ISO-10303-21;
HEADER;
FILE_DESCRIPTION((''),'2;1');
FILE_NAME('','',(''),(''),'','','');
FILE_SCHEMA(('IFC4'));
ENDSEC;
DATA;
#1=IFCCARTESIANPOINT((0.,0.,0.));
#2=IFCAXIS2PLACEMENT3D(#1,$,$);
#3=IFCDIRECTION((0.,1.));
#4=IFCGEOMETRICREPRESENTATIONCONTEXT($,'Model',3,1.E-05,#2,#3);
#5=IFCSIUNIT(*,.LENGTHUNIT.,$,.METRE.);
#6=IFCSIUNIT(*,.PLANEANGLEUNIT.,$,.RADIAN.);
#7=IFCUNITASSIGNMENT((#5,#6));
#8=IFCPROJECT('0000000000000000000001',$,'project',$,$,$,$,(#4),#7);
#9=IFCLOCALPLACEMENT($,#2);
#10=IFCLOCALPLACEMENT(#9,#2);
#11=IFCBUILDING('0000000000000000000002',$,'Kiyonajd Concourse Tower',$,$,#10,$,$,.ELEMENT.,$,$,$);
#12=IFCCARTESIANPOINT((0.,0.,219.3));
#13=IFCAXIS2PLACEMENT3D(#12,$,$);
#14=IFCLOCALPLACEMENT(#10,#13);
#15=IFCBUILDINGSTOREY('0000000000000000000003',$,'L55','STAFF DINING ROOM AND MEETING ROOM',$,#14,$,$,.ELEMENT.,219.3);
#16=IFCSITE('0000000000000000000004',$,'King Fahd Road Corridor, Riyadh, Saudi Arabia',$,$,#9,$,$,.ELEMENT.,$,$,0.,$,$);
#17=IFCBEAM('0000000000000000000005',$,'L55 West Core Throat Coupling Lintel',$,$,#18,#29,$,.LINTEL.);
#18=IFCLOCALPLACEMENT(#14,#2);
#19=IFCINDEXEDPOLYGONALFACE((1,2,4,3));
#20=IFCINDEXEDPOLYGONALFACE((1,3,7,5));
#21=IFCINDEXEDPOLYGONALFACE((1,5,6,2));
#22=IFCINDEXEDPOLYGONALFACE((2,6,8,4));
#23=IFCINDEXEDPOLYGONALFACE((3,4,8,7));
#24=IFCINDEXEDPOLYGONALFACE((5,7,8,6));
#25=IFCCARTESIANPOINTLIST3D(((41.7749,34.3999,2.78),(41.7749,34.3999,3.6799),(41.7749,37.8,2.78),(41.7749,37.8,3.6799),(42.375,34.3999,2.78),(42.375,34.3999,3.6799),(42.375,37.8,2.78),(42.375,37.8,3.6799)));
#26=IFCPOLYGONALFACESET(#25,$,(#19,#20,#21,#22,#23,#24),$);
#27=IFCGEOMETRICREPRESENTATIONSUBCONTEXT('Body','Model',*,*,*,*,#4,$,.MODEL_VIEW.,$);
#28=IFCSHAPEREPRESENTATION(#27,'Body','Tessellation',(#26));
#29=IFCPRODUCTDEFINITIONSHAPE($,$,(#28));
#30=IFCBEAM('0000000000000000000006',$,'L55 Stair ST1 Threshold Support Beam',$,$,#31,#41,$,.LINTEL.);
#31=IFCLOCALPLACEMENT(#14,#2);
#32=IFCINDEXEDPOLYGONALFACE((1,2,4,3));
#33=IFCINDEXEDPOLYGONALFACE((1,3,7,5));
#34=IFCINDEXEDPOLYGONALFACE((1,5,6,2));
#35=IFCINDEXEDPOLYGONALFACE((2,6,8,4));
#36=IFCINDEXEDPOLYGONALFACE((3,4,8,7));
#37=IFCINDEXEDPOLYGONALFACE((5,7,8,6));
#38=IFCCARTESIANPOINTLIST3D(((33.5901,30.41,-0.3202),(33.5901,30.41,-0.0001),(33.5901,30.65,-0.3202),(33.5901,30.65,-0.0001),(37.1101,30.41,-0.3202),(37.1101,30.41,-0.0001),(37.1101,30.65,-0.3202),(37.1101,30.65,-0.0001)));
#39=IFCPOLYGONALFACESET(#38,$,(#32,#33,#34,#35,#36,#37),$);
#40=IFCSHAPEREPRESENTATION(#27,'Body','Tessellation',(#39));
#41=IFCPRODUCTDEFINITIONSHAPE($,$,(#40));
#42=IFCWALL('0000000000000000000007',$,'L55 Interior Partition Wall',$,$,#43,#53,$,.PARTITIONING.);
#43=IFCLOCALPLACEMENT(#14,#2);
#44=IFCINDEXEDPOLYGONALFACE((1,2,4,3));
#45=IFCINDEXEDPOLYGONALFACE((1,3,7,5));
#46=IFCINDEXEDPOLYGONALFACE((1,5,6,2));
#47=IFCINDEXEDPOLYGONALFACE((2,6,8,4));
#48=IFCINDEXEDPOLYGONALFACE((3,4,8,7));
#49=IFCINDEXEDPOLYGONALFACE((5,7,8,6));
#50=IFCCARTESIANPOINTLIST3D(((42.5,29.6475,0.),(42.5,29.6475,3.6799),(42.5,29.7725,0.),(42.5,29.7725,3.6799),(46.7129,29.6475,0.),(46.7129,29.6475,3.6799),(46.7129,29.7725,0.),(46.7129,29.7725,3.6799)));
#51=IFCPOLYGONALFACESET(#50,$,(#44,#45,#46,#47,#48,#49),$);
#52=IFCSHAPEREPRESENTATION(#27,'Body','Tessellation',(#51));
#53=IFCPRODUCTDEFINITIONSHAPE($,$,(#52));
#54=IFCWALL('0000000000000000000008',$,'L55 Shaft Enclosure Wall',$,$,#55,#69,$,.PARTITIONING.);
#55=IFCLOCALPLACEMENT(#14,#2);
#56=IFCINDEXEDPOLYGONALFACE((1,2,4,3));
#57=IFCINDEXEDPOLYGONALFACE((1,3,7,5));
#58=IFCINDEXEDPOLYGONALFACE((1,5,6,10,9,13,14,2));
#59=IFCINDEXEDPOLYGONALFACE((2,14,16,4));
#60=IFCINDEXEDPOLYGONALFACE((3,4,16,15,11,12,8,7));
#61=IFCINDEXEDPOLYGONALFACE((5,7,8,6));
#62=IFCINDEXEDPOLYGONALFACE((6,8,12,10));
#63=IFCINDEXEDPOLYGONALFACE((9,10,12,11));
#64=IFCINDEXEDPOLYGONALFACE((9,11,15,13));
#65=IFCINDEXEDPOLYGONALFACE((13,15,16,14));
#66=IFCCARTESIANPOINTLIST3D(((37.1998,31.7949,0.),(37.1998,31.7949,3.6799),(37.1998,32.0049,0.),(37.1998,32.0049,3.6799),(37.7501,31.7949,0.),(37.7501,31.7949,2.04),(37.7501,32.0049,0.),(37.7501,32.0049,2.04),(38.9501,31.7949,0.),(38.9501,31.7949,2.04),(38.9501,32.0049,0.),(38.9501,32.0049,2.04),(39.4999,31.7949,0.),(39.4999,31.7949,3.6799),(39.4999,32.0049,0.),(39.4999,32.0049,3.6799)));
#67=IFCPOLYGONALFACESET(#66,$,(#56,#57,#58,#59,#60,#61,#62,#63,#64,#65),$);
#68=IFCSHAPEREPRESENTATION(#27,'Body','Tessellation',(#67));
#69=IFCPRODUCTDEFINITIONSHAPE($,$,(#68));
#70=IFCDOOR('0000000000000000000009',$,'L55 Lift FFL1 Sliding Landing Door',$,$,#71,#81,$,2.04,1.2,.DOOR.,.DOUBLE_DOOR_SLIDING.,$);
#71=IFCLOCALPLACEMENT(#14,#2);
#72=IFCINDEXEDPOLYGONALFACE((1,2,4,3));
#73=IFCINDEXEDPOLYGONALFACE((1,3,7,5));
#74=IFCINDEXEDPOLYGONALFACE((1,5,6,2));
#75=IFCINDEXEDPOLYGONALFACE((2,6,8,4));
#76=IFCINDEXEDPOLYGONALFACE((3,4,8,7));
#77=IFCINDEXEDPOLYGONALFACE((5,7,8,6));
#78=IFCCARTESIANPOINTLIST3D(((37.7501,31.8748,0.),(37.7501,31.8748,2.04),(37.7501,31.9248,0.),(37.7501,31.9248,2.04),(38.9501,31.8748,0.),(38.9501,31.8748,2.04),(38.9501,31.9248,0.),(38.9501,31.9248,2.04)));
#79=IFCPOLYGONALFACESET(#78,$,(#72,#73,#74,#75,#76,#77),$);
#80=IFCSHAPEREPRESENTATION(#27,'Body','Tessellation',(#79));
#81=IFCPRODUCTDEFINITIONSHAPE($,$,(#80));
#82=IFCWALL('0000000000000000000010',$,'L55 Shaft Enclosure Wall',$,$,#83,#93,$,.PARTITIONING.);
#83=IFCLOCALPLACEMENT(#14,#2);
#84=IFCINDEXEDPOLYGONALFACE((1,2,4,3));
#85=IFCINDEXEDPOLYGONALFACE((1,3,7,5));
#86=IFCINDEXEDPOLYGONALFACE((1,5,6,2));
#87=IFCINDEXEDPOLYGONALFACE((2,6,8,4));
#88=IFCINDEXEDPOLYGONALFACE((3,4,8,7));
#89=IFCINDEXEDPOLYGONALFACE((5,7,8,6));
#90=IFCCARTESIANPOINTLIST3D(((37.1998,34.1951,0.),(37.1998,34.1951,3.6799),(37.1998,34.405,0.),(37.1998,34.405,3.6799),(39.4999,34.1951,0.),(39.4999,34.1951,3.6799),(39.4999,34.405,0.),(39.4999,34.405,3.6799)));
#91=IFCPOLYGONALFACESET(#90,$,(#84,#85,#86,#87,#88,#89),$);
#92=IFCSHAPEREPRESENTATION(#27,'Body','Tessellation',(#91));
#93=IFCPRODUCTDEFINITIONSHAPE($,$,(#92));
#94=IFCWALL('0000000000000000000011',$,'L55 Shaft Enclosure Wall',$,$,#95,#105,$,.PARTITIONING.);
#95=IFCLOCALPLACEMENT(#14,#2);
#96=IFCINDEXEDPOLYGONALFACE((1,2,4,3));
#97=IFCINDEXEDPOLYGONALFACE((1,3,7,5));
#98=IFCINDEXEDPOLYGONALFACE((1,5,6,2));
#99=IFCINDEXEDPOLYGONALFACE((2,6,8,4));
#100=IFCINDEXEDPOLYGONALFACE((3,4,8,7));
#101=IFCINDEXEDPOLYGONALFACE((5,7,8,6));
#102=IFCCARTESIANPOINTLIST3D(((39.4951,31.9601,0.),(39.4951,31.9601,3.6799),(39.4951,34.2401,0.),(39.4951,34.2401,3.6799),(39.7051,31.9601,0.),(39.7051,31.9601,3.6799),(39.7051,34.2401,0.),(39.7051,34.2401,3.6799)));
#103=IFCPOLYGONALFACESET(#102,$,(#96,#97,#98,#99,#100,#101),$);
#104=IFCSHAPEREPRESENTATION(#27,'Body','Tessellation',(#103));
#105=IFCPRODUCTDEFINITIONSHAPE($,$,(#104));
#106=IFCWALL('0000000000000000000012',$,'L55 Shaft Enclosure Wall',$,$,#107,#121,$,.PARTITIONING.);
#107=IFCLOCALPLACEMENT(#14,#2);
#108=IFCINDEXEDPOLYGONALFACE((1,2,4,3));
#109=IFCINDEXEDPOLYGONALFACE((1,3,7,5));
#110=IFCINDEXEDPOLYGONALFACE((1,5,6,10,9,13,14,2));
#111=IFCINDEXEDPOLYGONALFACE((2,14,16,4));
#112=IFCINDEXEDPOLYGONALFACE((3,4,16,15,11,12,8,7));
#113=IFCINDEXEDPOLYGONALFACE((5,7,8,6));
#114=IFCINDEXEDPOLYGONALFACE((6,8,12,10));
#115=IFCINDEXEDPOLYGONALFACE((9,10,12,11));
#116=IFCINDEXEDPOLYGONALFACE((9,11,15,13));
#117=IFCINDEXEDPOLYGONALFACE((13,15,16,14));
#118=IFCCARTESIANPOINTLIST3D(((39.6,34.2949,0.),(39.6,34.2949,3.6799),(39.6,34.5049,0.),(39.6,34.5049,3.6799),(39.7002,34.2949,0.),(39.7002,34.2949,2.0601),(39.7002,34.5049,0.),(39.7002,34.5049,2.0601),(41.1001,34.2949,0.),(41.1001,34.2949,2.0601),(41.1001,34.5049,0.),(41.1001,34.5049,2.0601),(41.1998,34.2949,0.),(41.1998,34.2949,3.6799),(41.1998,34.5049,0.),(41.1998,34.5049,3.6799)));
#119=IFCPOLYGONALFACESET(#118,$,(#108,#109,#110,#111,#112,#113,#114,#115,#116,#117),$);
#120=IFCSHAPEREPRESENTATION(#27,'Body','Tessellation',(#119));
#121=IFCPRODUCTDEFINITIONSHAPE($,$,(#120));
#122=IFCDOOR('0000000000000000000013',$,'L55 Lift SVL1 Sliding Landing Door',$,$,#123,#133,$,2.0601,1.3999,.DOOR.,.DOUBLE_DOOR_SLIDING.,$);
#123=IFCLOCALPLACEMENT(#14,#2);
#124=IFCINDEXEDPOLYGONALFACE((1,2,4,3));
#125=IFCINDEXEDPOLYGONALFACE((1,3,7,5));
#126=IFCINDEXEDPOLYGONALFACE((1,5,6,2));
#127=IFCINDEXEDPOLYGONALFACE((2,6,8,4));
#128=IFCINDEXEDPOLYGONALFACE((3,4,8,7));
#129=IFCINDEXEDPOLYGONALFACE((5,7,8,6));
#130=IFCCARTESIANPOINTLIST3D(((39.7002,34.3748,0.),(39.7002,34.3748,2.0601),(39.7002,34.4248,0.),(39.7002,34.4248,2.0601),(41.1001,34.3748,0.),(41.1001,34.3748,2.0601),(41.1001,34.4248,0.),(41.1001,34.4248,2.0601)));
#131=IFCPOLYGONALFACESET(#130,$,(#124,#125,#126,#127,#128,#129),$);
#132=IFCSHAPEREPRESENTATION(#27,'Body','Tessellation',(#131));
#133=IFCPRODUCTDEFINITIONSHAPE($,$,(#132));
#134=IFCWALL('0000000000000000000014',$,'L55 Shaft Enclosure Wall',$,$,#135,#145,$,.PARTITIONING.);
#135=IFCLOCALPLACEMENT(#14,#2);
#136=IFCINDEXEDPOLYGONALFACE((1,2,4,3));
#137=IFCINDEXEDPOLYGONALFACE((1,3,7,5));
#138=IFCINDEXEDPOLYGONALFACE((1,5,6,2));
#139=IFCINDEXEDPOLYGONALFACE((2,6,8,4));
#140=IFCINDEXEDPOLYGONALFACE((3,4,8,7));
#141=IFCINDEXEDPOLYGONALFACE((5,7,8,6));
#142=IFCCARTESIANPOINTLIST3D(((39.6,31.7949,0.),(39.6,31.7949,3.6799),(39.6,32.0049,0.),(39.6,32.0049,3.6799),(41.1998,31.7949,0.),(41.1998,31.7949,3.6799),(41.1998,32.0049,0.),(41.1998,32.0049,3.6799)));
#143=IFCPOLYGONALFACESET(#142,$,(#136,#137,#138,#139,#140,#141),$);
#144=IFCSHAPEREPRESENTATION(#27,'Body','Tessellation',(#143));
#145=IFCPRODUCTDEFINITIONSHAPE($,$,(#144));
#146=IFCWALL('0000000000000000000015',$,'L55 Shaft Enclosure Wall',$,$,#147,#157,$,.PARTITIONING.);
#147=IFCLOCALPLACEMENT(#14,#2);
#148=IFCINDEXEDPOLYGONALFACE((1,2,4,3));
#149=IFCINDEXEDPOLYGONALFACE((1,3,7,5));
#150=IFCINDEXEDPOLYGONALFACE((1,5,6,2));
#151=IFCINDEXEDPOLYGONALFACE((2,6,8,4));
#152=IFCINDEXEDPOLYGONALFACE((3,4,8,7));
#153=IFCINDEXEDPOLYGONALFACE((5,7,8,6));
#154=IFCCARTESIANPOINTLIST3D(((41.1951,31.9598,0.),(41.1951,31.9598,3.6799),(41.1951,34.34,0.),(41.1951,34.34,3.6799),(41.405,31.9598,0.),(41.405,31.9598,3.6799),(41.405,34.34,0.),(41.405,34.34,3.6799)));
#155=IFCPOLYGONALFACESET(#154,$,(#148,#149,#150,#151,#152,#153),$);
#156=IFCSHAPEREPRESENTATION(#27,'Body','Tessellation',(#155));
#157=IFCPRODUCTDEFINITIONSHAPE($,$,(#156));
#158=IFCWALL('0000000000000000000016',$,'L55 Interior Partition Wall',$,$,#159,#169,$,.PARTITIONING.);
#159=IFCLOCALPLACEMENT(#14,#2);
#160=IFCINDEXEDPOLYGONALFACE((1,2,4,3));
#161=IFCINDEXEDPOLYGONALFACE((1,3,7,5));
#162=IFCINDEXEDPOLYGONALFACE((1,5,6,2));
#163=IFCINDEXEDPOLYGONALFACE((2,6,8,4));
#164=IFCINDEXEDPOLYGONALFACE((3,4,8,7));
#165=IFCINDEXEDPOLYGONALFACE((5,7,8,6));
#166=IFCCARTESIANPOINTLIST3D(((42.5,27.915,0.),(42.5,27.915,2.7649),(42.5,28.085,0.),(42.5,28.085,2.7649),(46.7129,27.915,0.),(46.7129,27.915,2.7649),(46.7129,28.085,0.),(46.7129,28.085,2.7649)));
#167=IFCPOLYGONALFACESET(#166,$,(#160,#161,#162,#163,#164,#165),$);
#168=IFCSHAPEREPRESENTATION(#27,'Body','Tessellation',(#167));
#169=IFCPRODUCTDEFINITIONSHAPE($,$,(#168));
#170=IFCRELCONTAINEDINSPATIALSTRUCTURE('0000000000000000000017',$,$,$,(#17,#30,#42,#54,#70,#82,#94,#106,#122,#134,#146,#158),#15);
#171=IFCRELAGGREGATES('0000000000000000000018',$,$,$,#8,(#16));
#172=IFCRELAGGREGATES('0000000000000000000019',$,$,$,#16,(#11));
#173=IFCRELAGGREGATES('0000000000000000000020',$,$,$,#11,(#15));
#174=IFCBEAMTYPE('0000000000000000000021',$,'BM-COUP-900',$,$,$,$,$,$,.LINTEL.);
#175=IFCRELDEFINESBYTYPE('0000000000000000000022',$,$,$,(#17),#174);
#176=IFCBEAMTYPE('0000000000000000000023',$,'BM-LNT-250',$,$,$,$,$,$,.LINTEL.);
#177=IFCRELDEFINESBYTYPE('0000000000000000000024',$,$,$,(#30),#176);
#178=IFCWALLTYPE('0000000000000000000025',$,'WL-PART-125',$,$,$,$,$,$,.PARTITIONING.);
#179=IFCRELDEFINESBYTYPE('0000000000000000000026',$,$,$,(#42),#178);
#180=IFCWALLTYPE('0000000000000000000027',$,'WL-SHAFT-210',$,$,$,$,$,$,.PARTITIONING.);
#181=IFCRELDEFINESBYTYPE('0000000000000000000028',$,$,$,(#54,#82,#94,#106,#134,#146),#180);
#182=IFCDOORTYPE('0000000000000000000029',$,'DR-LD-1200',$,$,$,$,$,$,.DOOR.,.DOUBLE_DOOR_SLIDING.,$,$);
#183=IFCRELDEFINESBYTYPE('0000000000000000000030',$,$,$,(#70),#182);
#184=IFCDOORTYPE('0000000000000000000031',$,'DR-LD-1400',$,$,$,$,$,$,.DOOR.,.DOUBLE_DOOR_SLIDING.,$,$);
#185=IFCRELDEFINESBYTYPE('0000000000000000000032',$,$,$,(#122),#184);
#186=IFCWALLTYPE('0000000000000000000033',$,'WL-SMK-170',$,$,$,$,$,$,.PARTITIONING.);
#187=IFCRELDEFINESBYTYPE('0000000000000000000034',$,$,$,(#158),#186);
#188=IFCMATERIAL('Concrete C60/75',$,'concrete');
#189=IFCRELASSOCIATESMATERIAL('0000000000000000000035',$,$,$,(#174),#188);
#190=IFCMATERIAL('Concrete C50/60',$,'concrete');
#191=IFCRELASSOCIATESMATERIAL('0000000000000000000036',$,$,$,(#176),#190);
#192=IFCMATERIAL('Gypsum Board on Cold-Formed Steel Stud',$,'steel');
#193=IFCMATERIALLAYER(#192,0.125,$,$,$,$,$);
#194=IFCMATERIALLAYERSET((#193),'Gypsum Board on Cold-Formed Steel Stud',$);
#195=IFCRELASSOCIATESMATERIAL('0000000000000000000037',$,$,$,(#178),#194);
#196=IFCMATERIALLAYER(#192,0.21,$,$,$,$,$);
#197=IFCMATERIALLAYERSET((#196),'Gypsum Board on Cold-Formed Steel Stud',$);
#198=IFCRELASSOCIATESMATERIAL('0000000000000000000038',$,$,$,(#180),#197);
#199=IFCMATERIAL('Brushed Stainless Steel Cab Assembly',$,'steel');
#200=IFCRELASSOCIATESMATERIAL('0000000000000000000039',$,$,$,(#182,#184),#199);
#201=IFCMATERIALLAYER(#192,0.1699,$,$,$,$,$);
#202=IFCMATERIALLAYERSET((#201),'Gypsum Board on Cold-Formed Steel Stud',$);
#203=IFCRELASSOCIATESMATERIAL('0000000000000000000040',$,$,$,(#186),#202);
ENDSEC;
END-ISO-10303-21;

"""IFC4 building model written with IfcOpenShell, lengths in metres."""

from ifc_helpers import new_model, si_unit, direction, frame, frame_2d, origin, origin_2d, place, context, subcontext, project, spatial, rectangle, extrude, material, layer, layer_set, material_profile, profile_set, type_object, element, fill, save


model = new_model("IFC4")

# Units and contexts
model_context = context("Model", 3, precision=1e-05, world=origin(), true_north=direction((0.0, 1.0)))
body_context = subcontext(model_context, "Body", "Model", "MODEL_VIEW")
ifc_project = project(units=[si_unit("LENGTHUNIT", "METRE"), si_unit("PLANEANGLEUNIT", "RADIAN")], contexts=[model_context])

# Site, building, storey
site_placement = place(None, origin())
site = spatial("IfcSite", under=ifc_project, at=site_placement, Name="King Fahd Road Corridor, Riyadh, Saudi Arabia", CompositionType="ELEMENT", RefElevation=0.0)
building_placement = place(site_placement, origin())
building = spatial("IfcBuilding", under=site, at=building_placement, Name="Kiyonajd Concourse Tower", CompositionType="ELEMENT")
storey_placement = place(building_placement, frame((0.0, 0.0, 219.3)))
storey = spatial("IfcBuildingStorey", under=building, at=storey_placement, Name="L55", Description="STAFF DINING ROOM AND MEETING ROOM", CompositionType="ELEMENT", Elevation=219.3)

# Beams
ifc_material_1 = material(Name="Concrete C60/75", Category="concrete")
ifc_material_profile_1 = material_profile(ifc_material_1, rectangle(XDim=0.6001, YDim=0.8999, at=origin_2d()), Name="RCBM-600x900")
ifc_profile_set_1 = profile_set([ifc_material_profile_1], Name="Concrete C60/75")
beam_type_1 = type_object("IfcBeamType", Name="BM-COUP-900", PredefinedType="LINTEL", material=ifc_profile_set_1)
beam_1_placement = place(storey_placement, frame((42.075, 34.3999, 3.23), z_axis=(0.0, 1.0, 0.0), x_axis=(-1.0, 0.0, 0.0)))
element("IfcBeam", 1, at=beam_1_placement, inside=storey, type_object=beam_type_1, Name="L55 West Core Throat Coupling Lintel", PredefinedType="LINTEL", context=body_context, shape_type="SweptSolid", body=[
    extrude(rectangle(XDim=0.6001, YDim=0.8999, at=origin_2d()), origin(), (0.0, 0.0, 1.0), 3.4001),
])
ifc_material_2 = material(Name="Concrete C50/60", Category="concrete")
ifc_material_profile_2 = material_profile(ifc_material_2, rectangle(XDim=0.24, YDim=0.3201, at=origin_2d()), Name="RCBM-240x320")
ifc_profile_set_2 = profile_set([ifc_material_profile_2], Name="Concrete C50/60")
beam_type_2 = type_object("IfcBeamType", Name="BM-LNT-250", PredefinedType="LINTEL", material=ifc_profile_set_2)
beam_2_placement = place(storey_placement, frame((33.5901, 30.53, -0.1602), z_axis=(1.0, 0.0, 0.0), x_axis=(0.0, 1.0, 0.0)))
element("IfcBeam", 2, at=beam_2_placement, inside=storey, type_object=beam_type_2, Name="L55 Stair ST1 Threshold Support Beam", PredefinedType="LINTEL", context=body_context, shape_type="SweptSolid", body=[
    extrude(rectangle(XDim=0.24, YDim=0.3201, at=origin_2d()), origin(), (0.0, 0.0, 1.0), 3.52),
])

# Wall
ifc_material_3 = material(Name="Gypsum Board on Cold-Formed Steel Stud", Category="steel")
ifc_layer_1 = layer(ifc_material_3, 0.125)
ifc_layer_set_1 = layer_set([ifc_layer_1], Name="Gypsum Board on Cold-Formed Steel Stud")
wall_type_1 = type_object("IfcWallType", Name="WL-PART-125", PredefinedType="PARTITIONING", material=ifc_layer_set_1)
wall_1_placement = place(storey_placement, frame((42.5, 29.71, 0.0), z_axis=(0.0, 0.0, 1.0), x_axis=(1.0, 0.0, 0.0)))
element("IfcWall", 3, at=wall_1_placement, inside=storey, type_object=wall_type_1, Name="L55 Interior Partition Wall", PredefinedType="PARTITIONING", context=body_context, shape_type="SweptSolid", body=[
    extrude(rectangle(XDim=4.2129, YDim=0.125, at=frame_2d((2.1064, 0.0))), origin(), (0.0, 0.0, 1.0), 3.6799),
])

# Wall, opening, door
ifc_layer_2 = layer(ifc_material_3, 0.21)
ifc_layer_set_2 = layer_set([ifc_layer_2], Name="Gypsum Board on Cold-Formed Steel Stud")
wall_type_2 = type_object("IfcWallType", Name="WL-SHAFT-210", PredefinedType="PARTITIONING", material=ifc_layer_set_2)
wall_2_placement = place(storey_placement, frame((37.2, 31.8999, 0.0), z_axis=(0.0, 0.0, 1.0), x_axis=(1.0, 0.0, 0.0)))
wall_2 = element("IfcWall", 4, at=wall_2_placement, inside=storey, type_object=wall_type_2, Name="L55 Shaft Enclosure Wall", PredefinedType="PARTITIONING", context=body_context, shape_type="SweptSolid", body=[
    extrude(rectangle(XDim=2.3, YDim=0.21, at=frame_2d((1.1499, 0.0))), origin(), (0.0, 0.0, 1.0), 3.6799),
])
opening_1_placement = place(wall_2_placement, frame((0.55, 0.0, 0.0)))
opening_1 = element("IfcOpeningElement", 5, at=opening_1_placement, cuts=wall_2, PredefinedType="OPENING", context=body_context, shape_type="SweptSolid", body=[
    extrude(rectangle(XDim=1.2, YDim=2.04, at=frame_2d((0.6001, 1.02))), frame((0.0, 0.115, 0.0), z_axis=(0.0, -1.0, 0.0), x_axis=(1.0, 0.0, 0.0)), (0.0, 0.0, 1.0), 0.23),
])
ifc_material_4 = material(Name="Brushed Stainless Steel Cab Assembly", Category="steel")
door_type_1 = type_object("IfcDoorType", Name="DR-LD-1200", OperationType="DOUBLE_DOOR_SLIDING", PredefinedType="DOOR", material=ifc_material_4)
door_1_placement = place(opening_1_placement, origin())
door_1 = element("IfcDoor", 6, at=door_1_placement, inside=storey, type_object=door_type_1, Name="L55 Lift FFL1 Sliding Landing Door", OperationType="DOUBLE_DOOR_SLIDING", OverallHeight=2.04, OverallWidth=1.2, PredefinedType="DOOR", context=body_context, shape_type="SweptSolid", body=[
    extrude(rectangle(XDim=1.2, YDim=2.04, at=frame_2d((0.6001, 1.02))), frame((0.0, 0.0249, 0.0), z_axis=(0.0, -1.0, 0.0), x_axis=(1.0, 0.0, 0.0)), (0.0, 0.0, 1.0), 0.05),
])
fill(opening_1, door_1)

# Walls
wall_3_placement = place(storey_placement, frame((37.2, 34.3, 0.0), z_axis=(0.0, 0.0, 1.0), x_axis=(1.0, 0.0, 0.0)))
element("IfcWall", 7, at=wall_3_placement, inside=storey, type_object=wall_type_2, Name="L55 Shaft Enclosure Wall", PredefinedType="PARTITIONING", context=body_context, shape_type="SweptSolid", body=[
    extrude(rectangle(XDim=2.3, YDim=0.21, at=frame_2d((1.1499, 0.0))), origin(), (0.0, 0.0, 1.0), 3.6799),
])
wall_4_placement = place(storey_placement, frame((39.6001, 31.96, 0.0), z_axis=(0.0, 0.0, 1.0), x_axis=(0.0, 1.0, 0.0)))
element("IfcWall", 8, at=wall_4_placement, inside=storey, type_object=wall_type_2, Name="L55 Shaft Enclosure Wall", PredefinedType="PARTITIONING", context=body_context, shape_type="SweptSolid", body=[
    extrude(rectangle(XDim=2.28, YDim=0.21, at=frame_2d((1.1401, 0.0))), origin(), (0.0, 0.0, 1.0), 3.6799),
])

# Wall, opening, door
wall_5_placement = place(storey_placement, frame((39.6001, 34.3999, 0.0), z_axis=(0.0, 0.0, 1.0), x_axis=(1.0, 0.0, 0.0)))
wall_5 = element("IfcWall", 9, at=wall_5_placement, inside=storey, type_object=wall_type_2, Name="L55 Shaft Enclosure Wall", PredefinedType="PARTITIONING", context=body_context, shape_type="SweptSolid", body=[
    extrude(rectangle(XDim=1.5999, YDim=0.21, at=frame_2d((0.7998, 0.0))), origin(), (0.0, 0.0, 1.0), 3.6799),
])
opening_2_placement = place(wall_5_placement, frame((0.1001, 0.0, 0.0)))
opening_2 = element("IfcOpeningElement", 10, at=opening_2_placement, cuts=wall_5, PredefinedType="OPENING", context=body_context, shape_type="SweptSolid", body=[
    extrude(rectangle(XDim=1.3999, YDim=2.0601, at=frame_2d((0.7, 1.03))), frame((0.0, 0.115, 0.0), z_axis=(0.0, -1.0, 0.0), x_axis=(1.0, 0.0, 0.0)), (0.0, 0.0, 1.0), 0.23),
])
door_type_2 = type_object("IfcDoorType", Name="DR-LD-1400", OperationType="DOUBLE_DOOR_SLIDING", PredefinedType="DOOR", material=ifc_material_4)
door_2_placement = place(opening_2_placement, origin())
door_2 = element("IfcDoor", 11, at=door_2_placement, inside=storey, type_object=door_type_2, Name="L55 Lift SVL1 Sliding Landing Door", OperationType="DOUBLE_DOOR_SLIDING", OverallHeight=2.0601, OverallWidth=1.3999, PredefinedType="DOOR", context=body_context, shape_type="SweptSolid", body=[
    extrude(rectangle(XDim=1.3999, YDim=2.0601, at=frame_2d((0.7, 1.03))), frame((0.0, 0.0249, 0.0), z_axis=(0.0, -1.0, 0.0), x_axis=(1.0, 0.0, 0.0)), (0.0, 0.0, 1.0), 0.05),
])
fill(opening_2, door_2)

# Walls
wall_6_placement = place(storey_placement, frame((39.6001, 31.8999, 0.0), z_axis=(0.0, 0.0, 1.0), x_axis=(1.0, 0.0, 0.0)))
element("IfcWall", 12, at=wall_6_placement, inside=storey, type_object=wall_type_2, Name="L55 Shaft Enclosure Wall", PredefinedType="PARTITIONING", context=body_context, shape_type="SweptSolid", body=[
    extrude(rectangle(XDim=1.5999, YDim=0.21, at=frame_2d((0.7998, 0.0))), origin(), (0.0, 0.0, 1.0), 3.6799),
])
wall_7_placement = place(storey_placement, frame((41.3, 31.96, 0.0), z_axis=(0.0, 0.0, 1.0), x_axis=(0.0, 1.0, 0.0)))
element("IfcWall", 13, at=wall_7_placement, inside=storey, type_object=wall_type_2, Name="L55 Shaft Enclosure Wall", PredefinedType="PARTITIONING", context=body_context, shape_type="SweptSolid", body=[
    extrude(rectangle(XDim=2.3801, YDim=0.21, at=frame_2d((1.1899, 0.0))), origin(), (0.0, 0.0, 1.0), 3.6799),
])
ifc_layer_3 = layer(ifc_material_3, 0.1699)
ifc_layer_set_3 = layer_set([ifc_layer_3], Name="Gypsum Board on Cold-Formed Steel Stud")
wall_type_3 = type_object("IfcWallType", Name="WL-SMK-170", PredefinedType="PARTITIONING", material=ifc_layer_set_3)
wall_8_placement = place(storey_placement, frame((42.5, 28.0, 0.0), z_axis=(0.0, 0.0, 1.0), x_axis=(1.0, 0.0, 0.0)))
element("IfcWall", 14, at=wall_8_placement, inside=storey, type_object=wall_type_3, Name="L55 Interior Partition Wall", PredefinedType="PARTITIONING", context=body_context, shape_type="SweptSolid", body=[
    extrude(rectangle(XDim=4.2129, YDim=0.1699, at=frame_2d((2.1064, 0.0))), origin(), (0.0, 0.0, 1.0), 2.7649),
])

save(model, "model.ifc")
